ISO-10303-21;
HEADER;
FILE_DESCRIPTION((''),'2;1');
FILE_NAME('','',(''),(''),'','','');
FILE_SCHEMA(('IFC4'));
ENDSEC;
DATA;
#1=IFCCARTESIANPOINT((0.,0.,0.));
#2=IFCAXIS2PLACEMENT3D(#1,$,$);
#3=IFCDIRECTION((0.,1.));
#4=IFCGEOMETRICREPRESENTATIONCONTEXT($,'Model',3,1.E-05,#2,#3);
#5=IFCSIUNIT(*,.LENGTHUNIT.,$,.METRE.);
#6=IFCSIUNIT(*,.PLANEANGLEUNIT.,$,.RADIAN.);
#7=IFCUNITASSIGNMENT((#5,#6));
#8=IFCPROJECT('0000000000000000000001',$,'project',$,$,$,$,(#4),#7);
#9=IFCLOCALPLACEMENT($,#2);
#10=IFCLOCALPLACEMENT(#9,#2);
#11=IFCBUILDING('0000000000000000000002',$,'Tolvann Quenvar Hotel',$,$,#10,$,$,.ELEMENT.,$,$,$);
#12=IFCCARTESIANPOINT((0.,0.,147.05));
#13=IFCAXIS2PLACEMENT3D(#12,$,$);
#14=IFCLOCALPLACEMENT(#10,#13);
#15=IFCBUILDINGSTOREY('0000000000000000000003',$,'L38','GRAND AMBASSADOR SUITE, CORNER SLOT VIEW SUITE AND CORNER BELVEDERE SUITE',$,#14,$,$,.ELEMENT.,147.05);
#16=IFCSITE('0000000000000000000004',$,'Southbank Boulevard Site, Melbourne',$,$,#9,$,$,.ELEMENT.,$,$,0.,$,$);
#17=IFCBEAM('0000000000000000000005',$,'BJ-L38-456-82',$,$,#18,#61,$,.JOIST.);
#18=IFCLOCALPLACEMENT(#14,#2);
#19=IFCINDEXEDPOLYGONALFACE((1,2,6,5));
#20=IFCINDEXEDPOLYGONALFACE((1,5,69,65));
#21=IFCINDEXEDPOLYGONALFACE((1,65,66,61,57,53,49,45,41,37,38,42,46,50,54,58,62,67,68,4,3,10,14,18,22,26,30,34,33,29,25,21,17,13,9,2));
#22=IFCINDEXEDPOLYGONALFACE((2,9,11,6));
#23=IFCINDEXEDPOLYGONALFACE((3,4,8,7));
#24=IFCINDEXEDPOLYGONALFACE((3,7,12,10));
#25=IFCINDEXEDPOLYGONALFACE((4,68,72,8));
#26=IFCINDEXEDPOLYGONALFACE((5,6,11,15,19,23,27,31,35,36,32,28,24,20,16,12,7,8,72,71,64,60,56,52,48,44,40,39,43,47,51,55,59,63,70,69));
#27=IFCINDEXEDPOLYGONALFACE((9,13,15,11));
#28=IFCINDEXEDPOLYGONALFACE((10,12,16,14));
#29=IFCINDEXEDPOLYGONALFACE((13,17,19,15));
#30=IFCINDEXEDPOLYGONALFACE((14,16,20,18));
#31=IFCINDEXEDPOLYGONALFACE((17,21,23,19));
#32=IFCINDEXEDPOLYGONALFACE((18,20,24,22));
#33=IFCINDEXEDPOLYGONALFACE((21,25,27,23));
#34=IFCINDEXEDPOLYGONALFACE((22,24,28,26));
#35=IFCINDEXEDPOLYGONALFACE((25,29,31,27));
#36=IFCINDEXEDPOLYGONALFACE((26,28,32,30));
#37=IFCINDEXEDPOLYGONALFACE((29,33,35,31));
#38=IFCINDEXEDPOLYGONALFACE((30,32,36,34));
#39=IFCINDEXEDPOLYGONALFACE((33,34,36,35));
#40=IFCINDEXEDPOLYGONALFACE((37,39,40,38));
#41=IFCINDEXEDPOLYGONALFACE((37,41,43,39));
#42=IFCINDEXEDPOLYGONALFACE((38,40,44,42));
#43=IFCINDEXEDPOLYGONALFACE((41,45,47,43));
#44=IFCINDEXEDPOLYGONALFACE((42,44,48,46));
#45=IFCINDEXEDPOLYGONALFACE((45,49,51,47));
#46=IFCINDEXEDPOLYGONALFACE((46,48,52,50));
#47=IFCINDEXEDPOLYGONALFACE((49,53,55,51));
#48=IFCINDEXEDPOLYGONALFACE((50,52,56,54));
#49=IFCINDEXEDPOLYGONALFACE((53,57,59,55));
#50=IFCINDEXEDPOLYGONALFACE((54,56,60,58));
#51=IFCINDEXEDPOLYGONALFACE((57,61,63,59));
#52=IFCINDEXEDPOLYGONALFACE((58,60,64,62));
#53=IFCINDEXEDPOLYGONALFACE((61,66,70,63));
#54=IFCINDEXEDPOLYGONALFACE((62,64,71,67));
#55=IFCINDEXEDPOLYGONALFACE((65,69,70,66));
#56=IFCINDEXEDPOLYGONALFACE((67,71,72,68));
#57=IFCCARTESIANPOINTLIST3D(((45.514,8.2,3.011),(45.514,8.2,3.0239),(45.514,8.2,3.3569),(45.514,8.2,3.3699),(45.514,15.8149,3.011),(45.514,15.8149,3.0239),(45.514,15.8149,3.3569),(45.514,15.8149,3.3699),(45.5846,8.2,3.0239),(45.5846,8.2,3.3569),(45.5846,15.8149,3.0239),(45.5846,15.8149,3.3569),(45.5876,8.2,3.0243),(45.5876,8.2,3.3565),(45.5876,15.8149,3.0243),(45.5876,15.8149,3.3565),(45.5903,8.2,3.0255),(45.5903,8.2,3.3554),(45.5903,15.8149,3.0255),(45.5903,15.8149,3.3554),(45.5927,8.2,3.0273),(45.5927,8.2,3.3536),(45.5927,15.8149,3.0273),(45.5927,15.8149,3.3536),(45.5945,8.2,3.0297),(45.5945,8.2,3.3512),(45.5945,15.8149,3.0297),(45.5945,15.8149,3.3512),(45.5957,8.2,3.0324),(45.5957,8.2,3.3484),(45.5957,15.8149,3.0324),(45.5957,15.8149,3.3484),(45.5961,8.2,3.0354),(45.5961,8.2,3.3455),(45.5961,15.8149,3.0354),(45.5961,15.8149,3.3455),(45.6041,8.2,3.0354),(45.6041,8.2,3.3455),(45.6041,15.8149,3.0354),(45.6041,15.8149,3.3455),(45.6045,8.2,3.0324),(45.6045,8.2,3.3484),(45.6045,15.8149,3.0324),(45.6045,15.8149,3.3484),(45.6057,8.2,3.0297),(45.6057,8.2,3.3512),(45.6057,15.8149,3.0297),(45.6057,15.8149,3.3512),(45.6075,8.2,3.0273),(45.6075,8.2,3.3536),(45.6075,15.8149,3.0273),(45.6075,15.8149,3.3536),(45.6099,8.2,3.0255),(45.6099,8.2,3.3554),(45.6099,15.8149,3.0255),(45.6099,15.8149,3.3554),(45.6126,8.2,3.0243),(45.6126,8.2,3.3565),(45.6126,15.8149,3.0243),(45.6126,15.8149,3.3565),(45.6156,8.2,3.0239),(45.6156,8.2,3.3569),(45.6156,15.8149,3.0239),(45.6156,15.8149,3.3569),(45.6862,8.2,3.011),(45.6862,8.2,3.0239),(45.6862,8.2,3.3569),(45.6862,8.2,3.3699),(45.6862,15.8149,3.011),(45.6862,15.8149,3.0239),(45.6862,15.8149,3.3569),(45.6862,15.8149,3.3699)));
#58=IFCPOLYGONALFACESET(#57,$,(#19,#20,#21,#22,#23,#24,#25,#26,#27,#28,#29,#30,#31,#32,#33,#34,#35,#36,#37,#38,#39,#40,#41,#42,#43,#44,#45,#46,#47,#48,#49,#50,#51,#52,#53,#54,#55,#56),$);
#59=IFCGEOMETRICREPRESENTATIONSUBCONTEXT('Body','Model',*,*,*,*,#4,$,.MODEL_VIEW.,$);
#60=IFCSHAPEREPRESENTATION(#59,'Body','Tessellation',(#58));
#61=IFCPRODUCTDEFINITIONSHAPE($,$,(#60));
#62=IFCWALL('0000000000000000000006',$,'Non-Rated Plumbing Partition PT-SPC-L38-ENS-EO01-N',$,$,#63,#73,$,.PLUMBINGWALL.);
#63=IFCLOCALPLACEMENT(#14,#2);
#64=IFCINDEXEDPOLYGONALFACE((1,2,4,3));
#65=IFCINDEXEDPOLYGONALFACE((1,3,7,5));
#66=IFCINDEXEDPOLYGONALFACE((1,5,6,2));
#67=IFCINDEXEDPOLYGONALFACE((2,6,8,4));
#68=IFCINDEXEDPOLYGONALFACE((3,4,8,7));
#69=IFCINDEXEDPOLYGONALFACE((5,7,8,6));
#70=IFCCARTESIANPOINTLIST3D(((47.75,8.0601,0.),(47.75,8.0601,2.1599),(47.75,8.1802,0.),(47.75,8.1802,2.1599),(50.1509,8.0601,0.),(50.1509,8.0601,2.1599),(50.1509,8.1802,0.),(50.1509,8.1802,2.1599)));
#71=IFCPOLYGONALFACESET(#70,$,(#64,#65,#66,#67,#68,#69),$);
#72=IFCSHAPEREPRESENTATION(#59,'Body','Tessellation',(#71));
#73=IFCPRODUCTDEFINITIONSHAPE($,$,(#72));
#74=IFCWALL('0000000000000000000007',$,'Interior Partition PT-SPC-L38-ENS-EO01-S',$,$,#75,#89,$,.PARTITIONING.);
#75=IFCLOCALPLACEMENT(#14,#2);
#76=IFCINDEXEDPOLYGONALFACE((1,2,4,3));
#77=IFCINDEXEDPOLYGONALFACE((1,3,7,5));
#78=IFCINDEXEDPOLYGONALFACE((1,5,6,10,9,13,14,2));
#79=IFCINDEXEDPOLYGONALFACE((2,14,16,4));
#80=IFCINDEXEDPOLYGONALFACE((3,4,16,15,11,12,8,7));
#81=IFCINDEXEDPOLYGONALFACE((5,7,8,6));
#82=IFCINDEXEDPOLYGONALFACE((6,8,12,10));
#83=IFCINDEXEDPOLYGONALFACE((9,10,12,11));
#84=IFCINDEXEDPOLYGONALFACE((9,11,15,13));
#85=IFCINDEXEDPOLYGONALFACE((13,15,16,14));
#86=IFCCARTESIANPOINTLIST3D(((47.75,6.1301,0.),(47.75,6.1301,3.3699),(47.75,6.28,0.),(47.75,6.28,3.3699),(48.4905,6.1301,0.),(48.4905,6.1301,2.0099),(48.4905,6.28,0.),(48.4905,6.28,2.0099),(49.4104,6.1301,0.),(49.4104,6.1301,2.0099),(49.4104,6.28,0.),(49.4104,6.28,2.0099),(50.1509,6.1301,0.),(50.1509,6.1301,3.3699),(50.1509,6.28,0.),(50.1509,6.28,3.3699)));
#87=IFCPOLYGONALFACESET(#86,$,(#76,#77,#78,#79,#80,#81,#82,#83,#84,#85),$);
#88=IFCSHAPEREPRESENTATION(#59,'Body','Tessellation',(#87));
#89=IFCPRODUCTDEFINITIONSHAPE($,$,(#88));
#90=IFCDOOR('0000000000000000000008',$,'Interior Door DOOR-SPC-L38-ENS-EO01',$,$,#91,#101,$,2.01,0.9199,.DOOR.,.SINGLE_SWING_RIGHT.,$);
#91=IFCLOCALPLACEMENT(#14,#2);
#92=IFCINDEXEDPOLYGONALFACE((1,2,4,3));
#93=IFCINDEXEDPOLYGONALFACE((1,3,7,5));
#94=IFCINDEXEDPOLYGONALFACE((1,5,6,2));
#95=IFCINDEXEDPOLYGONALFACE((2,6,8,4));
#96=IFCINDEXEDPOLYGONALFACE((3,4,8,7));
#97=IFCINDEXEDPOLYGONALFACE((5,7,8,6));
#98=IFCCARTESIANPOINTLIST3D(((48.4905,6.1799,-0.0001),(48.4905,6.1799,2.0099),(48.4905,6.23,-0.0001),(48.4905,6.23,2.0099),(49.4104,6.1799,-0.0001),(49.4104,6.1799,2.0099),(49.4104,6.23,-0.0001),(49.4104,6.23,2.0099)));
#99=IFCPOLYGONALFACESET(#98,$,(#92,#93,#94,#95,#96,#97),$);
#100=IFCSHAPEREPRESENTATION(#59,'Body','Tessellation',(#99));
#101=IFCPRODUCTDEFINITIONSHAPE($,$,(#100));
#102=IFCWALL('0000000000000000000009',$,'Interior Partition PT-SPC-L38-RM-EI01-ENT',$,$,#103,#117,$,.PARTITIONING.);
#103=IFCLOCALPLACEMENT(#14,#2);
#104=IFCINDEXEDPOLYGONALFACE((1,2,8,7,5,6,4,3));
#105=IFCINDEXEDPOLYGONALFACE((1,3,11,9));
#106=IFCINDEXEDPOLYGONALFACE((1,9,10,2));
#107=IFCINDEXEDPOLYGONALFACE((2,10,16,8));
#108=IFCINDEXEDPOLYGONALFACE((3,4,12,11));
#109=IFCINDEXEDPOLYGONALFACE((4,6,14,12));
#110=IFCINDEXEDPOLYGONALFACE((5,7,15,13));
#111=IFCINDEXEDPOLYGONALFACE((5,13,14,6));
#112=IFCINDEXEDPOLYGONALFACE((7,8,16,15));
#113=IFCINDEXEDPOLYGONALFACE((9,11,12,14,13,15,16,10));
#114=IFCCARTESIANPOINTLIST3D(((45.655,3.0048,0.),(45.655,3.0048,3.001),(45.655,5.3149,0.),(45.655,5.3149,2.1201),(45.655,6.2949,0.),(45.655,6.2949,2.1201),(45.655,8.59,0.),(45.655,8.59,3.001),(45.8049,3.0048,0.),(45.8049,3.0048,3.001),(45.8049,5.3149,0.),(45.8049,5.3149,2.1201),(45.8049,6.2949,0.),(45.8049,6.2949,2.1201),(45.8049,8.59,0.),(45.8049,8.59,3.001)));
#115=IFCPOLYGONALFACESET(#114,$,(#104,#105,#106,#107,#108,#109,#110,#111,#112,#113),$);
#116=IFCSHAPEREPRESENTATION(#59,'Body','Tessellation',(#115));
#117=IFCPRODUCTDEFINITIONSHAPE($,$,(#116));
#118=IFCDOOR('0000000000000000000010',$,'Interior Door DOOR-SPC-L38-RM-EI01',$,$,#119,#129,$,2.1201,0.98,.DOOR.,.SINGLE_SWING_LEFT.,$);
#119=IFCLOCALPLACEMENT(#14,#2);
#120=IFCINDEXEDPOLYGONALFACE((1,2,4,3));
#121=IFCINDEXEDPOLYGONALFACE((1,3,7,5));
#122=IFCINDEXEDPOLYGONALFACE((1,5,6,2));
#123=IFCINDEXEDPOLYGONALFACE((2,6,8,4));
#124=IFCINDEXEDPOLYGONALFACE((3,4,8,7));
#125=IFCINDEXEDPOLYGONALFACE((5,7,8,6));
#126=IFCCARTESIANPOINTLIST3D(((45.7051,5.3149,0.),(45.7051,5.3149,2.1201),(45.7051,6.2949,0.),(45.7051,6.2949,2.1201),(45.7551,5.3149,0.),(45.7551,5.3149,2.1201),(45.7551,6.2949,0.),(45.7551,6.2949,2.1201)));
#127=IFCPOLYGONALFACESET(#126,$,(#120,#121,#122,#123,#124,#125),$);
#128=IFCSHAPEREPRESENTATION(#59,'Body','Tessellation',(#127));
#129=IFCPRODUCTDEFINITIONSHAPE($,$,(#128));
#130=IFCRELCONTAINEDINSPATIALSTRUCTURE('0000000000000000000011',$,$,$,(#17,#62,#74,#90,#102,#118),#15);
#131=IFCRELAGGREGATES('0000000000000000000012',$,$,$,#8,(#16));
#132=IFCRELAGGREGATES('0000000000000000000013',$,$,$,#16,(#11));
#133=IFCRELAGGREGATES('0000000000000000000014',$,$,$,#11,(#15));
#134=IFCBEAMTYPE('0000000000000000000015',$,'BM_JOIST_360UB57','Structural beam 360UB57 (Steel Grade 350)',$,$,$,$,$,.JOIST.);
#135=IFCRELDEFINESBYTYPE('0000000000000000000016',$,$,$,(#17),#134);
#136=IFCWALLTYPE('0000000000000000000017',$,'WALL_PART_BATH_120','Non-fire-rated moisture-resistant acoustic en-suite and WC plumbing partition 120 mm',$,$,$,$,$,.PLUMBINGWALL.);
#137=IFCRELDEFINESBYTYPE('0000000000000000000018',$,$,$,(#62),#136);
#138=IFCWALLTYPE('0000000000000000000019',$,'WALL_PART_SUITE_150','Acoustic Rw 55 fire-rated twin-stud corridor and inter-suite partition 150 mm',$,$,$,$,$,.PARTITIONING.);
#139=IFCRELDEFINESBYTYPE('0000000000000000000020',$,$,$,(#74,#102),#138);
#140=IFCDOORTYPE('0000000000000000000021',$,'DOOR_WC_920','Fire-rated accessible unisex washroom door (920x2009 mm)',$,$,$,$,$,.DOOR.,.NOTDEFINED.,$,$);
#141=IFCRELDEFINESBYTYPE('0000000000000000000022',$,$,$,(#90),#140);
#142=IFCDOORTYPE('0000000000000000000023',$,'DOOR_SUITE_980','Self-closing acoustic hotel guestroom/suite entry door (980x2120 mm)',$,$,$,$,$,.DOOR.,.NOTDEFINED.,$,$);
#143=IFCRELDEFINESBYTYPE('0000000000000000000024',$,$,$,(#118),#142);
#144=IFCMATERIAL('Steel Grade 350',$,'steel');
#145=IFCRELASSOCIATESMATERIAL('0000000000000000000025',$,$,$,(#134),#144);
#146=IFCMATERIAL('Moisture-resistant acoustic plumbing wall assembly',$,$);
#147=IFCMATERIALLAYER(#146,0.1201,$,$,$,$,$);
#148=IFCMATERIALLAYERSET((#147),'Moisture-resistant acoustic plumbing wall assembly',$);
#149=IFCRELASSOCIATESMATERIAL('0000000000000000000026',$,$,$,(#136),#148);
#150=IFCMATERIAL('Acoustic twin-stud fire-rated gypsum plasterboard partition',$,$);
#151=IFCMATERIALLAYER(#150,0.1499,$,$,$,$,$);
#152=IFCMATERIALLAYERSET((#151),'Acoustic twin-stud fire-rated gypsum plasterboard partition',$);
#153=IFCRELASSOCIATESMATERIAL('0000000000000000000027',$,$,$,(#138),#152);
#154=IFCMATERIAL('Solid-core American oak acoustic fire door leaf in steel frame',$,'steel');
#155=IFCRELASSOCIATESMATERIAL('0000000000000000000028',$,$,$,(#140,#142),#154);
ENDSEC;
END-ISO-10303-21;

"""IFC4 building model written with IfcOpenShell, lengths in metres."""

from ifc_helpers import new_model, si_unit, direction, frame, frame_2d, origin, origin_2d, place, context, subcontext, project, spatial, rectangle, i_section, extrude, source, transform, mapped, material, layer, layer_set, material_profile, profile_set, type_object, type_shapes, element, fill, save


model = new_model("IFC4")

# Units and contexts
model_context = context("Model", 3, precision=1e-05, world=origin(), true_north=direction((0.0, 1.0)))
body_context = subcontext(model_context, "Body", "Model", "MODEL_VIEW")
ifc_project = project(units=[si_unit("LENGTHUNIT", "METRE"), si_unit("PLANEANGLEUNIT", "RADIAN")], contexts=[model_context])

# Site, building, storey
site_placement = place(None, origin())
site = spatial("IfcSite", under=ifc_project, at=site_placement, Name="Southbank Boulevard Site, Melbourne", CompositionType="ELEMENT", RefElevation=0.0)
building_placement = place(site_placement, origin())
building = spatial("IfcBuilding", under=site, at=building_placement, Name="Tolvann Quenvar Hotel", CompositionType="ELEMENT")
storey_placement = place(building_placement, frame((0.0, 0.0, 147.05)))
storey = spatial("IfcBuildingStorey", under=building, at=storey_placement, Name="L38", Description="GRAND AMBASSADOR SUITE, CORNER SLOT VIEW SUITE AND CORNER BELVEDERE SUITE", CompositionType="ELEMENT", Elevation=147.05)

# Shared definitions
ifc_material_1 = material(Name="Steel Grade 350", Category="steel")

# Beam
ifc_material_profile_1 = material_profile(ifc_material_1, i_section(OverallWidth=0.1721, OverallDepth=0.3589, WebThickness=0.0081, FlangeThickness=0.0129, FilletRadius=0.0115, at=origin_2d()), Name="360UB57")
ifc_profile_set_1 = profile_set([ifc_material_profile_1], Name="Steel Grade 350")
beam_type_1 = type_object("IfcBeamType", Name="BM_JOIST_360UB57", Description="Structural beam 360UB57 (Steel Grade 350)", PredefinedType="JOIST", material=ifc_profile_set_1)
shared_shape_1 = source(origin(), body_context, "Body", "SweptSolid", [
    extrude(i_section(OverallWidth=0.1721, OverallDepth=0.3589, WebThickness=0.0081, FlangeThickness=0.0129, FilletRadius=0.0115, at=origin_2d()), origin(), (0.0, 0.0, 1.0), 7.615),
])
type_shapes(beam_type_1, [shared_shape_1])
beam_1_placement = place(storey_placement, frame((45.6001, 8.2, 3.1904), z_axis=(0.0, 1.0, 0.0), x_axis=(-1.0, 0.0, 0.0)))
element("IfcBeam", 1, at=beam_1_placement, inside=storey, type_object=beam_type_1, Name="BJ-L38-456-82", PredefinedType="JOIST", context=body_context, shape_type="MappedRepresentation", body=[
    mapped(shared_shape_1, transform((0.0, 0.0, 0.0), x_axis=(1.0, 0.0, 0.0), y_axis=(0.0, 1.0, 0.0), z_axis=(0.0, 0.0, 1.0), scale=1.0)),
])

# Wall
ifc_material_2 = material(Name="Moisture-resistant acoustic plumbing wall assembly")
ifc_layer_1 = layer(ifc_material_2, 0.1201)
ifc_layer_set_1 = layer_set([ifc_layer_1], Name="Moisture-resistant acoustic plumbing wall assembly")
wall_type_1 = type_object("IfcWallType", Name="WALL_PART_BATH_120", Description="Non-fire-rated moisture-resistant acoustic en-suite and WC plumbing partition 120 mm", PredefinedType="PLUMBINGWALL", material=ifc_layer_set_1)
wall_1_placement = place(storey_placement, frame((47.75, 8.1201, 0.0), z_axis=(0.0, 0.0, 1.0), x_axis=(1.0, 0.0, 0.0)))
element("IfcWall", 2, at=wall_1_placement, inside=storey, type_object=wall_type_1, Name="Non-Rated Plumbing Partition PT-SPC-L38-ENS-EO01-N", PredefinedType="PLUMBINGWALL", context=body_context, shape_type="SweptSolid", body=[
    extrude(rectangle(XDim=2.4009, YDim=0.1201, at=frame_2d((1.2004, 0.0))), origin(), (0.0, 0.0, 1.0), 2.1599),
])

# Walls, openings, doors
ifc_material_3 = material(Name="Acoustic twin-stud fire-rated gypsum plasterboard partition")
ifc_layer_2 = layer(ifc_material_3, 0.1499)
ifc_layer_set_2 = layer_set([ifc_layer_2], Name="Acoustic twin-stud fire-rated gypsum plasterboard partition")
wall_type_2 = type_object("IfcWallType", Name="WALL_PART_SUITE_150", Description="Acoustic Rw 55 fire-rated twin-stud corridor and inter-suite partition 150 mm", PredefinedType="PARTITIONING", material=ifc_layer_set_2)
wall_2_placement = place(storey_placement, frame((47.75, 6.2051, 0.0), z_axis=(0.0, 0.0, 1.0), x_axis=(1.0, 0.0, 0.0)))
wall_2 = element("IfcWall", 3, at=wall_2_placement, inside=storey, type_object=wall_type_2, Name="Interior Partition PT-SPC-L38-ENS-EO01-S", PredefinedType="PARTITIONING", context=body_context, shape_type="SweptSolid", body=[
    extrude(rectangle(XDim=2.4009, YDim=0.1499, at=frame_2d((1.2004, 0.0))), origin(), (0.0, 0.0, 1.0), 3.3699),
])
opening_1_placement = place(wall_2_placement, frame((0.7405, 0.0, 0.0)))
opening_1 = element("IfcOpeningElement", 4, at=opening_1_placement, cuts=wall_2, PredefinedType="OPENING", context=body_context, shape_type="SweptSolid", body=[
    extrude(rectangle(XDim=0.9199, YDim=2.01, at=frame_2d((0.46, 1.0049))), frame((0.0, 0.085, 0.0), z_axis=(0.0, -1.0, 0.0), x_axis=(1.0, 0.0, 0.0)), (0.0, 0.0, 1.0), 0.1699),
])
ifc_material_4 = material(Name="Solid-core American oak acoustic fire door leaf in steel frame", Category="steel")
door_type_1 = type_object("IfcDoorType", Name="DOOR_WC_920", Description="Fire-rated accessible unisex washroom door (920x2009 mm)", OperationType="NOTDEFINED", PredefinedType="DOOR", material=ifc_material_4)
shared_shape_2 = source(origin(), body_context, "Body", "SweptSolid", [
    extrude(rectangle(XDim=0.9199, YDim=2.01, at=frame_2d((0.46, 1.0049))), frame((0.0, 0.0249, 0.0), z_axis=(0.0, -1.0, 0.0), x_axis=(1.0, 0.0, 0.0)), (0.0, 0.0, 1.0), 0.05),
])
type_shapes(door_type_1, [shared_shape_2])
door_1_placement = place(opening_1_placement, origin())
door_1 = element("IfcDoor", 5, at=door_1_placement, inside=storey, type_object=door_type_1, Name="Interior Door DOOR-SPC-L38-ENS-EO01", OperationType="SINGLE_SWING_RIGHT", OverallHeight=2.01, OverallWidth=0.9199, PredefinedType="DOOR", context=body_context, shape_type="MappedRepresentation", body=[
    mapped(shared_shape_2, transform((0.0, 0.0, 0.0), x_axis=(1.0, 0.0, 0.0), y_axis=(0.0, 1.0, 0.0), z_axis=(0.0, 0.0, 1.0), scale=1.0)),
])
fill(opening_1, door_1)
wall_3_placement = place(storey_placement, frame((45.73, 3.0049, 0.0), z_axis=(0.0, 0.0, 1.0), x_axis=(0.0, 1.0, 0.0)))
wall_3 = element("IfcWall", 6, at=wall_3_placement, inside=storey, type_object=wall_type_2, Name="Interior Partition PT-SPC-L38-RM-EI01-ENT", PredefinedType="PARTITIONING", context=body_context, shape_type="SweptSolid", body=[
    extrude(rectangle(XDim=5.5852, YDim=0.1499, at=frame_2d((2.7925, 0.0))), origin(), (0.0, 0.0, 1.0), 3.001),
])
opening_2_placement = place(wall_3_placement, frame((2.3101, 0.0, 0.0)))
opening_2 = element("IfcOpeningElement", 7, at=opening_2_placement, cuts=wall_3, PredefinedType="OPENING", context=body_context, shape_type="SweptSolid", body=[
    extrude(rectangle(XDim=0.98, YDim=2.1201, at=frame_2d((0.49, 1.0601))), frame((0.0, 0.085, 0.0), z_axis=(0.0, -1.0, 0.0), x_axis=(1.0, 0.0, 0.0)), (0.0, 0.0, 1.0), 0.1699),
])
door_type_2 = type_object("IfcDoorType", Name="DOOR_SUITE_980", Description="Self-closing acoustic hotel guestroom/suite entry door (980x2120 mm)", OperationType="NOTDEFINED", PredefinedType="DOOR", material=ifc_material_4)
shared_shape_3 = source(origin(), body_context, "Body", "SweptSolid", [
    extrude(rectangle(XDim=0.98, YDim=2.1201, at=frame_2d((0.49, 1.0601))), frame((0.0, 0.0249, 0.0), z_axis=(0.0, -1.0, 0.0), x_axis=(1.0, 0.0, 0.0)), (0.0, 0.0, 1.0), 0.05),
])
type_shapes(door_type_2, [shared_shape_3])
door_2_placement = place(opening_2_placement, origin())
door_2 = element("IfcDoor", 8, at=door_2_placement, inside=storey, type_object=door_type_2, Name="Interior Door DOOR-SPC-L38-RM-EI01", OperationType="SINGLE_SWING_LEFT", OverallHeight=2.1201, OverallWidth=0.98, PredefinedType="DOOR", context=body_context, shape_type="MappedRepresentation", body=[
    mapped(shared_shape_3, transform((0.0, 0.0, 0.0), x_axis=(1.0, 0.0, 0.0), y_axis=(0.0, 1.0, 0.0), z_axis=(0.0, 0.0, 1.0), scale=1.0)),
])
fill(opening_2, door_2)

save(model, "model.ifc")
